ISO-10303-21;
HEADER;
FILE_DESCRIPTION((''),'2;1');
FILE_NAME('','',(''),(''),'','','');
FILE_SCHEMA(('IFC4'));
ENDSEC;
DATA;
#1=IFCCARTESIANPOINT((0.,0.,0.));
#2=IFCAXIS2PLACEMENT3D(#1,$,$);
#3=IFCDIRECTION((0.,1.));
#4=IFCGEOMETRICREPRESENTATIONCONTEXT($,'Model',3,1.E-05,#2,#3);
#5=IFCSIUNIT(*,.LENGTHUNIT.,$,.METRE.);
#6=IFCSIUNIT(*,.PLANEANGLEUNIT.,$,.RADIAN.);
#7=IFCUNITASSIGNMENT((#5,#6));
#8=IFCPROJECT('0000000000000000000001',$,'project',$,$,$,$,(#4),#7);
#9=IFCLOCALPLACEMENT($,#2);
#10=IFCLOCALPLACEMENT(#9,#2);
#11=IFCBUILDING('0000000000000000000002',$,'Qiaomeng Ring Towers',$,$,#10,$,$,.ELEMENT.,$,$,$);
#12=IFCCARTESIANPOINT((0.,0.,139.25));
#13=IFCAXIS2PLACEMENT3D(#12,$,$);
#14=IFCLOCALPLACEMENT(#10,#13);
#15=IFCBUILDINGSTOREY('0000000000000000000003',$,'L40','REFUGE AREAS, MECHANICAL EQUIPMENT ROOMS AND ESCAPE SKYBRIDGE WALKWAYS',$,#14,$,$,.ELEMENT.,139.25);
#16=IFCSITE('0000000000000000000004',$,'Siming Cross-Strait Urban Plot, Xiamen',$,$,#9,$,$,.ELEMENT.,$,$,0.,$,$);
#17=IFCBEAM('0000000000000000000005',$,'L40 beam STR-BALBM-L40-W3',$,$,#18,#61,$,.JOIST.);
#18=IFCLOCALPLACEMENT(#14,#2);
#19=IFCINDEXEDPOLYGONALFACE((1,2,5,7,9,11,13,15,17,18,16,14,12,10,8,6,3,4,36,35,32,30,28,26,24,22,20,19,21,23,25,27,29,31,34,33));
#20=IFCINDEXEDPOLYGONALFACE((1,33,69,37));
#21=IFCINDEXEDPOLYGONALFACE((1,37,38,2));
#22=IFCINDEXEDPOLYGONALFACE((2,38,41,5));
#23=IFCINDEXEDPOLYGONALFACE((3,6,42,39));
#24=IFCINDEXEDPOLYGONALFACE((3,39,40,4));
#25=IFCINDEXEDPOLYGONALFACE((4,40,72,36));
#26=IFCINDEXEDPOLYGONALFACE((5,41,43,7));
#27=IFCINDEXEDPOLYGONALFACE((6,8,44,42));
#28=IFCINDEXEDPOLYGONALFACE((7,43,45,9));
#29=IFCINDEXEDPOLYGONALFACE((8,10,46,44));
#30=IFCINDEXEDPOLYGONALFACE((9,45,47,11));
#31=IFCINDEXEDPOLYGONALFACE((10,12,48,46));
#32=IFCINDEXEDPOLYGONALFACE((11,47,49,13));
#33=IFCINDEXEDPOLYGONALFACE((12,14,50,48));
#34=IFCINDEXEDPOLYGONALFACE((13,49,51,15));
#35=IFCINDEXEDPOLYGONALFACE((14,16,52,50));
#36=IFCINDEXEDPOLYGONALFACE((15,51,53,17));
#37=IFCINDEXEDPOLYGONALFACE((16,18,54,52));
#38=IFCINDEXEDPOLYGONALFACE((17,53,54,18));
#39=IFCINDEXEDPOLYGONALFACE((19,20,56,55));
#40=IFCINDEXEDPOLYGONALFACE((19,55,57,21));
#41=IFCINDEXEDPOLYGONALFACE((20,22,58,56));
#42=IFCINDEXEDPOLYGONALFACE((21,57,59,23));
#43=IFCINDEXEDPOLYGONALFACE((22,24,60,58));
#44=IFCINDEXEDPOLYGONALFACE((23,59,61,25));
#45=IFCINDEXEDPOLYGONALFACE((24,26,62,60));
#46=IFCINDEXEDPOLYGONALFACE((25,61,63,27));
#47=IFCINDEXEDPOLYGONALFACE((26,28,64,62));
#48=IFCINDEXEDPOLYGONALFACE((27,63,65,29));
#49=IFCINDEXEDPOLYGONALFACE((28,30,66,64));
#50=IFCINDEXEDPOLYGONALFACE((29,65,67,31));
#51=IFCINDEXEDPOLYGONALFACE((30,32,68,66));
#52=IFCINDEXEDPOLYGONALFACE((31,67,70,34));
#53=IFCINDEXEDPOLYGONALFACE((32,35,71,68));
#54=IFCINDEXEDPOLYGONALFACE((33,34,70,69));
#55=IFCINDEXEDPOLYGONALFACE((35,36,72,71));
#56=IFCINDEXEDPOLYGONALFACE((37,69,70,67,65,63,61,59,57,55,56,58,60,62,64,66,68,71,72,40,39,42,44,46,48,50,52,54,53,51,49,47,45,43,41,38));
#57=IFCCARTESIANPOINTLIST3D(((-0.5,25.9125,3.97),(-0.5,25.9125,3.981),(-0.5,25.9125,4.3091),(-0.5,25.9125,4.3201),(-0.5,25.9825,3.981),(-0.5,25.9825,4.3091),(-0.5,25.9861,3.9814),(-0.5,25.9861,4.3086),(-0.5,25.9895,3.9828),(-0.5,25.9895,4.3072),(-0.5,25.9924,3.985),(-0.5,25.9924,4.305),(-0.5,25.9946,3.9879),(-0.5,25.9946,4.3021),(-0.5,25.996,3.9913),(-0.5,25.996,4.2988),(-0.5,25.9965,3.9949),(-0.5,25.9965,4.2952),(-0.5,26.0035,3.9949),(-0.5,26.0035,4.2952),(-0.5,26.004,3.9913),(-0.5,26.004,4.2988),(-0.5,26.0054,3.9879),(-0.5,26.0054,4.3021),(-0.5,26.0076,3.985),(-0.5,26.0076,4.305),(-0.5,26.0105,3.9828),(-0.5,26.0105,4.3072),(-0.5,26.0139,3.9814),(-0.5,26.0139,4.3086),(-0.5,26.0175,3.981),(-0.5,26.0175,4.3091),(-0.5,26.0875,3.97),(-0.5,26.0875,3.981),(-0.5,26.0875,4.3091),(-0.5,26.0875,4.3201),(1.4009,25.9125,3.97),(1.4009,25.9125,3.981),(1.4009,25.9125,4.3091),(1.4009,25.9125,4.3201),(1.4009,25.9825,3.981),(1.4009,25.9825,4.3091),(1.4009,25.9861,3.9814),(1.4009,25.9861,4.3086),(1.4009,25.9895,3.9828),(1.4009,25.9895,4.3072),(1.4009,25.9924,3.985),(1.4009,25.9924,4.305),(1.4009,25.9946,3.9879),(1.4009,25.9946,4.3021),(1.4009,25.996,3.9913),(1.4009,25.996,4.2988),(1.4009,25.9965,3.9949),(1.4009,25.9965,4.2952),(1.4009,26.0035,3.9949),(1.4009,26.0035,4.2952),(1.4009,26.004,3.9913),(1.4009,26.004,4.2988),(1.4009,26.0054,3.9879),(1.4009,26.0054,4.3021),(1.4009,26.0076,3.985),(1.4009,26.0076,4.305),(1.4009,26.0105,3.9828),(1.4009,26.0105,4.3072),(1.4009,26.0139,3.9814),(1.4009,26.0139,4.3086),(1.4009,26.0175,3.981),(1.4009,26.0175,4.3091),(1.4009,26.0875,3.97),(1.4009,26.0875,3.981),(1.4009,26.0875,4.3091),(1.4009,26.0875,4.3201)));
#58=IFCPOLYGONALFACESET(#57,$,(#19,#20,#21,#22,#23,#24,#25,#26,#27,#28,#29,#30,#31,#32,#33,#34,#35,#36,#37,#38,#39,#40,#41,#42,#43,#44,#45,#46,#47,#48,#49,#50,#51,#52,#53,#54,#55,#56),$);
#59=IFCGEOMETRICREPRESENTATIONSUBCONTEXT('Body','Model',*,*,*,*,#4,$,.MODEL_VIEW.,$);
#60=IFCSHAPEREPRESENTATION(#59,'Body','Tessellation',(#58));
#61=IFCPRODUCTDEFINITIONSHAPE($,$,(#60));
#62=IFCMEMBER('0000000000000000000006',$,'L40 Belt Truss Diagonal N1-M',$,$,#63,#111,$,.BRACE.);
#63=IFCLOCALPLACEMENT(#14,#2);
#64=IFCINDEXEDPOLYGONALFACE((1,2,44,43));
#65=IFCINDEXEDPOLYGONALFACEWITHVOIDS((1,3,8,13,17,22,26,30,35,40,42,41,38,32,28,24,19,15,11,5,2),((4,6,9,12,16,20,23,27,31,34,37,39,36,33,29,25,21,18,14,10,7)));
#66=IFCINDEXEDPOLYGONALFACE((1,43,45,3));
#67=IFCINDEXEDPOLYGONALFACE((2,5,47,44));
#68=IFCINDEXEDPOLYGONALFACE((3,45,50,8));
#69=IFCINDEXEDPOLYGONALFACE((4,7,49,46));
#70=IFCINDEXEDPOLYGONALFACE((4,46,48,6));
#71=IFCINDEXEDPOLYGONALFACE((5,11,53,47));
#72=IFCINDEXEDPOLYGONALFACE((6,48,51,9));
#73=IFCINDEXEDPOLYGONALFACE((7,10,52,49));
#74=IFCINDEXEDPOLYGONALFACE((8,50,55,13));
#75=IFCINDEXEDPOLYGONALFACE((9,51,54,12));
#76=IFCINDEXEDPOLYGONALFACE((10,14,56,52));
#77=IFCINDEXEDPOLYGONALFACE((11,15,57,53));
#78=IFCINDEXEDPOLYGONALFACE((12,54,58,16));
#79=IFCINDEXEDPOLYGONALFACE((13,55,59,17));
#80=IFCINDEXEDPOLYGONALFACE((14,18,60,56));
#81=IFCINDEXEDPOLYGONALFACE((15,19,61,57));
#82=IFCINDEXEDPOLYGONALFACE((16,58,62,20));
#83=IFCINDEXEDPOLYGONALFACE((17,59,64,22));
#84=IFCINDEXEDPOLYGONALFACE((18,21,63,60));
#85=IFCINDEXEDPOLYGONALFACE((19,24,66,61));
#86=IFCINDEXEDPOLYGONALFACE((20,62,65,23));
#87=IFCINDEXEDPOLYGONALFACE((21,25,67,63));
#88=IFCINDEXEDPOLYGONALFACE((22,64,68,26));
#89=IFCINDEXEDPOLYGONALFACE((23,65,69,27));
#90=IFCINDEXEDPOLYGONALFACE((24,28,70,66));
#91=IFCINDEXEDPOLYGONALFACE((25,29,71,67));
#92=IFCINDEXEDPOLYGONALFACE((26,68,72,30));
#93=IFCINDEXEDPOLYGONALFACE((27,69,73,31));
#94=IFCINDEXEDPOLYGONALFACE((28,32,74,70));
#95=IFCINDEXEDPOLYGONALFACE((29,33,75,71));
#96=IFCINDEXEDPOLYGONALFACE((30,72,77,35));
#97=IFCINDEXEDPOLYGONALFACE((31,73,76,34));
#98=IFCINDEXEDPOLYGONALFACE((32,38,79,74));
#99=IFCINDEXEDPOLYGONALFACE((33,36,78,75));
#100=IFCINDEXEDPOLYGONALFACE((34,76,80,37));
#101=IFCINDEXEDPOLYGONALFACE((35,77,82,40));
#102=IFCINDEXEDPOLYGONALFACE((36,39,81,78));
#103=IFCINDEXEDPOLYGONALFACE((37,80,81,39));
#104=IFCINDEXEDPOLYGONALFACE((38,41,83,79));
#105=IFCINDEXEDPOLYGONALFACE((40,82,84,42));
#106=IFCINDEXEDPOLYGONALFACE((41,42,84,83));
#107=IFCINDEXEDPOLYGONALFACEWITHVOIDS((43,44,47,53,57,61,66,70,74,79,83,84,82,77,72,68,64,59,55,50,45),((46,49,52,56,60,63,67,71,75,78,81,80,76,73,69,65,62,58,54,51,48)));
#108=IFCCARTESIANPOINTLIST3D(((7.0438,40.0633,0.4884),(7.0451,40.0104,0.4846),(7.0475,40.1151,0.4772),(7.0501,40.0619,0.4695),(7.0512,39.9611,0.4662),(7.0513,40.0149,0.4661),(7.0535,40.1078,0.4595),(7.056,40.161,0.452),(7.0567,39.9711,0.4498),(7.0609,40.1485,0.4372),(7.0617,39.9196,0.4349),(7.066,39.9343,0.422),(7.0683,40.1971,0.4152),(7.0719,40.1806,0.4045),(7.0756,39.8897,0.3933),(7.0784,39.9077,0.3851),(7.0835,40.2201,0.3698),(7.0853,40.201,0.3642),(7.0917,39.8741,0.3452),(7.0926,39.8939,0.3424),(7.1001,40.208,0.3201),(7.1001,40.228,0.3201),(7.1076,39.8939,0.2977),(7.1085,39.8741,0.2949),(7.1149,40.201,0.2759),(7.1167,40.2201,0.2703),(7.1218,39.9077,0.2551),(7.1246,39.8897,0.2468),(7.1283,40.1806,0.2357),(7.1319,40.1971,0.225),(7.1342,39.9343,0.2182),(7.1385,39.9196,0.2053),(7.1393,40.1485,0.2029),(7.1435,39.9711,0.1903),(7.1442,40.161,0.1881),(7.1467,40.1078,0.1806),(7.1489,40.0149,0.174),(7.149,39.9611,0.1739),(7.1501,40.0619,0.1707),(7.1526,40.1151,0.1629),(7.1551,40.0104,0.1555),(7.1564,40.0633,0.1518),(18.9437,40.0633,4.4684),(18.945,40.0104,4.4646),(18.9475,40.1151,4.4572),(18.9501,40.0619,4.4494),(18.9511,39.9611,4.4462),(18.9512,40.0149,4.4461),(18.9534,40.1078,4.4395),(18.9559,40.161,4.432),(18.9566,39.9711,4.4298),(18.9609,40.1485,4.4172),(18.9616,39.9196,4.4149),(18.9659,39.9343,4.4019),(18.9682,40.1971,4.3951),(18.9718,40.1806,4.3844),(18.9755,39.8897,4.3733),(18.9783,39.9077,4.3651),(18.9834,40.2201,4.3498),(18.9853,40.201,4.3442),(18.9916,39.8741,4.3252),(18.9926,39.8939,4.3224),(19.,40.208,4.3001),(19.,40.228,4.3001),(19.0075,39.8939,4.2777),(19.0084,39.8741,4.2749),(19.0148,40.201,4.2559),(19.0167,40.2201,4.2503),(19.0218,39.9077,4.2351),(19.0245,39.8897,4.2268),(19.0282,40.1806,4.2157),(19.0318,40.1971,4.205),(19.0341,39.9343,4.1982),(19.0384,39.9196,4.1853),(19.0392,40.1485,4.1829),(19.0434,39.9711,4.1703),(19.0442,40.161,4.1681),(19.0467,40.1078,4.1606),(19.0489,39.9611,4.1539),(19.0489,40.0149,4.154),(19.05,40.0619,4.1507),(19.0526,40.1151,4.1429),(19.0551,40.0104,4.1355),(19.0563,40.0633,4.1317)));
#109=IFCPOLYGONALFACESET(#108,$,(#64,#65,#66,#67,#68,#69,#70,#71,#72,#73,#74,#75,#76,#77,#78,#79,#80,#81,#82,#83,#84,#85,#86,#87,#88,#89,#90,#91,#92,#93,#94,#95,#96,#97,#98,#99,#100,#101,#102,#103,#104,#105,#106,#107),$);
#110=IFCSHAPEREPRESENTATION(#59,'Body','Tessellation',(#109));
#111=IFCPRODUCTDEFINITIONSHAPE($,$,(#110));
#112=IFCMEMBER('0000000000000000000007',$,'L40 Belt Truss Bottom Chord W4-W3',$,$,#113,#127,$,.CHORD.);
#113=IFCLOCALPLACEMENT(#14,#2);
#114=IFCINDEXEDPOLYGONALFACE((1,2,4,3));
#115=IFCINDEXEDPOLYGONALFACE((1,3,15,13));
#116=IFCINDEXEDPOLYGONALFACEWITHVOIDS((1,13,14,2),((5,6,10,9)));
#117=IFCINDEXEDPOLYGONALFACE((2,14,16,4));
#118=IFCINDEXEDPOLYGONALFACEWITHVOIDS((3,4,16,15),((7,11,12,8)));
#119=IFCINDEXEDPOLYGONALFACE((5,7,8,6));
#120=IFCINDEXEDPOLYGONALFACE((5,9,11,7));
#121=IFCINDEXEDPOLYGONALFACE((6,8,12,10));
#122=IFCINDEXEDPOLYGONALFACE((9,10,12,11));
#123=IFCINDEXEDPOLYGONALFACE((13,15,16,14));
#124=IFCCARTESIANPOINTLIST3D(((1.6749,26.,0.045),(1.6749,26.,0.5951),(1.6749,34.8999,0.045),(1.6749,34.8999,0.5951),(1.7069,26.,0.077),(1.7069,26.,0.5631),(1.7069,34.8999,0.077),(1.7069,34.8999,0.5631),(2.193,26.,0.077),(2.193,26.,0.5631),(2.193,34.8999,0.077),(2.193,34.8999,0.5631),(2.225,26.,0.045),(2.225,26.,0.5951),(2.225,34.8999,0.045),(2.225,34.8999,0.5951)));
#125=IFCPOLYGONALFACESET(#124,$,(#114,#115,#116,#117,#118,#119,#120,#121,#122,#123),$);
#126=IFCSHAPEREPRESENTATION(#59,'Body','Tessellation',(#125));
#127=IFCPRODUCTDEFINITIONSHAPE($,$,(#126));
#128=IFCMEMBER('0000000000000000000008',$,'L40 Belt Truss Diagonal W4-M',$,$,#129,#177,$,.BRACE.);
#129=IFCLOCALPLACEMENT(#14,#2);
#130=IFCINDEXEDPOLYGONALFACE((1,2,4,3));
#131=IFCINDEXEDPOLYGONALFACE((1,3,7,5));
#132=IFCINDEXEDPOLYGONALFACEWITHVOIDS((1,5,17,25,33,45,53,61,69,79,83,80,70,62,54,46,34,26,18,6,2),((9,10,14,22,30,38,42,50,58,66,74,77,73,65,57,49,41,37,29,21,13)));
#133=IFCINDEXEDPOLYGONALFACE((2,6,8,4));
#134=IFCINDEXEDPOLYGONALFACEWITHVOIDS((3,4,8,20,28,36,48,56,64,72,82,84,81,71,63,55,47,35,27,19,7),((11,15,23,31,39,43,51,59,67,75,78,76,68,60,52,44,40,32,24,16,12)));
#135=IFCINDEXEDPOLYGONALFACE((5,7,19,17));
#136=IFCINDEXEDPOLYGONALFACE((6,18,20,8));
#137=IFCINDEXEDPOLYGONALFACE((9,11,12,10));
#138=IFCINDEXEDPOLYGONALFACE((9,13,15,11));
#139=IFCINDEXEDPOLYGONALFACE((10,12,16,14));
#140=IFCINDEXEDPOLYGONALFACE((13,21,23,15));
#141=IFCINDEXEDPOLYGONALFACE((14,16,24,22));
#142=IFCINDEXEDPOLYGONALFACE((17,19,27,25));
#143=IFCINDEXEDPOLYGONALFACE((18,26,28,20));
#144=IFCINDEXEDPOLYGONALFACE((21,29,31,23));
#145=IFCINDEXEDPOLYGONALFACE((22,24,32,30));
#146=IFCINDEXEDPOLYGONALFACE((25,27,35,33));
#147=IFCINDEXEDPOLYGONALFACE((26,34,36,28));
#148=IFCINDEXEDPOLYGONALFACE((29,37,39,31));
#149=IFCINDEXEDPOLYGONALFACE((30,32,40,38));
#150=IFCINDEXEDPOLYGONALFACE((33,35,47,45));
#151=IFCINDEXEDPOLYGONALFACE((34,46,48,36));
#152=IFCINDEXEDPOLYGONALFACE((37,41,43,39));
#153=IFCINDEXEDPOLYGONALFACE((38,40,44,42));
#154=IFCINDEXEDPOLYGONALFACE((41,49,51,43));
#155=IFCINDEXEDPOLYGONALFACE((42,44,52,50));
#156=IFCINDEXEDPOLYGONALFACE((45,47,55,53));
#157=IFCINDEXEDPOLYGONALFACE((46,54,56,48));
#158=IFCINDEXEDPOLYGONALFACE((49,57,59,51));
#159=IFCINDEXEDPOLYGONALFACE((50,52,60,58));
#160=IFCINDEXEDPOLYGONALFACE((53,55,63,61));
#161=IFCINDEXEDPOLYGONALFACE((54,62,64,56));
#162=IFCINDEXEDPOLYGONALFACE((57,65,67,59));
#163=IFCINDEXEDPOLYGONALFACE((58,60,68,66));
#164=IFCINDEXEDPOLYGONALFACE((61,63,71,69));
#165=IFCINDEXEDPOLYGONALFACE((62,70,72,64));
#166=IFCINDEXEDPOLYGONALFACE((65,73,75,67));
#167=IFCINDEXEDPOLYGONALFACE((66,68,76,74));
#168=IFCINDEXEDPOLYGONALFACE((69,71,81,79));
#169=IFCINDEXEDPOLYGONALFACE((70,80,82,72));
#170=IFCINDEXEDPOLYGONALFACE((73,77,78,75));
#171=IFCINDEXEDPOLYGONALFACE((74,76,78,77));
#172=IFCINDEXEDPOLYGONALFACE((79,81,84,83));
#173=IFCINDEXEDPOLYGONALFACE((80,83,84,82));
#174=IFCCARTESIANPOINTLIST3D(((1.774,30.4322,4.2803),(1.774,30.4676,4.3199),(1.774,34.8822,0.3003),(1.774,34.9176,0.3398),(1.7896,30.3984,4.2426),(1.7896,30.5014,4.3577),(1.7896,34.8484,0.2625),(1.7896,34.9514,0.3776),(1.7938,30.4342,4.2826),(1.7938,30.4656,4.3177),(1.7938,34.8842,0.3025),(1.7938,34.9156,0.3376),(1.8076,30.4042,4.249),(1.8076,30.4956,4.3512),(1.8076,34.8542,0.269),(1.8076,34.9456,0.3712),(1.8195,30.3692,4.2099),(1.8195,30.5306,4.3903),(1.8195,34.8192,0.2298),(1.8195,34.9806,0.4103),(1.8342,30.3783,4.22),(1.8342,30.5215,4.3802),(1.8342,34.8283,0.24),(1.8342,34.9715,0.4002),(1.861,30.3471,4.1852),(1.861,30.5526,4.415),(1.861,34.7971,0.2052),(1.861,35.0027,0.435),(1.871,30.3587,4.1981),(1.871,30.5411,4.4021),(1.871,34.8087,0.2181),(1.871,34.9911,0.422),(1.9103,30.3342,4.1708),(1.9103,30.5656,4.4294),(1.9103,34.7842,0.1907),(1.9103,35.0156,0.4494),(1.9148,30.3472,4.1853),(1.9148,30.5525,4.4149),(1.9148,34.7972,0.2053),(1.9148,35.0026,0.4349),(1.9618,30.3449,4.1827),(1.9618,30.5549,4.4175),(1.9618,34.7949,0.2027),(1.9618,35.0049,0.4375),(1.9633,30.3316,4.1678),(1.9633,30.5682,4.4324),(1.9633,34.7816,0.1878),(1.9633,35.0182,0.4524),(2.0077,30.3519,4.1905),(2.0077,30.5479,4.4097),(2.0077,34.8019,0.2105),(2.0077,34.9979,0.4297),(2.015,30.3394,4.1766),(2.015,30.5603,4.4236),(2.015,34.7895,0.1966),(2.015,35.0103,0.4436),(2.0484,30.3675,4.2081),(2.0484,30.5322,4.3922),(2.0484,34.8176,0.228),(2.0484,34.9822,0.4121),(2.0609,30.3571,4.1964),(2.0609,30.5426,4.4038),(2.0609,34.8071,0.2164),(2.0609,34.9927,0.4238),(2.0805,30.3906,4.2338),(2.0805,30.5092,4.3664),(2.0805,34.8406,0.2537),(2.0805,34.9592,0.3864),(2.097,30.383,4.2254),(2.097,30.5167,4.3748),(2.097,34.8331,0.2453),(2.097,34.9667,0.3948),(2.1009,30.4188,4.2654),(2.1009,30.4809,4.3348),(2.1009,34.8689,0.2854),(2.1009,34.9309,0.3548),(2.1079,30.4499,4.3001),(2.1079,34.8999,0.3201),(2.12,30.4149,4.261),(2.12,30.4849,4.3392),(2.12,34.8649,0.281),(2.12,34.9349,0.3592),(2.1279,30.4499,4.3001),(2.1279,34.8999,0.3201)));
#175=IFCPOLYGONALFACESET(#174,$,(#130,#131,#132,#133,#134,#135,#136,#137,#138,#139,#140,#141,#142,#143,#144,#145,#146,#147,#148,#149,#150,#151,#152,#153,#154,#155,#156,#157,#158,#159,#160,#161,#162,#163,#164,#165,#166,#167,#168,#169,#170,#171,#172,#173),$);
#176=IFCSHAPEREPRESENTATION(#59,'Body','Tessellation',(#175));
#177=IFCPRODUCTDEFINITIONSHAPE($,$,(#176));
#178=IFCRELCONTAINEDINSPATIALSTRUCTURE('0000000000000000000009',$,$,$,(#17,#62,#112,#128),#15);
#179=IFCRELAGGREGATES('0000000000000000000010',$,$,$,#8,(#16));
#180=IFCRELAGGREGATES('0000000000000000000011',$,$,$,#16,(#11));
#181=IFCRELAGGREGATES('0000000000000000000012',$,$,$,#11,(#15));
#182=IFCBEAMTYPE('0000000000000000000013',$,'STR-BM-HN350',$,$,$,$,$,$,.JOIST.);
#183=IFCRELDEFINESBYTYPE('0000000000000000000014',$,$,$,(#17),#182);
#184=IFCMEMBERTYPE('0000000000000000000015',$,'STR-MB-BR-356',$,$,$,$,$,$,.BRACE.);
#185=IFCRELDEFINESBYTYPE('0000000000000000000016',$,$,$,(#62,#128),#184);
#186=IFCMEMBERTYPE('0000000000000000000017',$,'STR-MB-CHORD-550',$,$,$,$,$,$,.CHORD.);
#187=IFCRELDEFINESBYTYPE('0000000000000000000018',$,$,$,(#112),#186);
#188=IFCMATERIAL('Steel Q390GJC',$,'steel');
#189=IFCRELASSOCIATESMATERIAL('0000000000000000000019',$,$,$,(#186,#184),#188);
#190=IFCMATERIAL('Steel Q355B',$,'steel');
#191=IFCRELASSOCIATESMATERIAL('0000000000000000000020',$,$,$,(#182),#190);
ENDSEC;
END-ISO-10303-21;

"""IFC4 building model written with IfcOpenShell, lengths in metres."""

from ifc_helpers import new_model, si_unit, direction, frame, origin, origin_2d, place, context, subcontext, project, spatial, hollow_rectangle, hollow_circle, i_section, extrude, source, transform, mapped, material, material_profile, profile_set, type_object, element, save


model = new_model("IFC4")

# Units and contexts
model_context = context("Model", 3, precision=1e-05, world=origin(), true_north=direction((0.0, 1.0)))
body_context = subcontext(model_context, "Body", "Model", "MODEL_VIEW")
ifc_project = project(units=[si_unit("LENGTHUNIT", "METRE"), si_unit("PLANEANGLEUNIT", "RADIAN")], contexts=[model_context])

# Site, building, storey
site_placement = place(None, origin())
site = spatial("IfcSite", under=ifc_project, at=site_placement, Name="Siming Cross-Strait Urban Plot, Xiamen", CompositionType="ELEMENT", RefElevation=0.0)
building_placement = place(site_placement, origin())
building = spatial("IfcBuilding", under=site, at=building_placement, Name="Qiaomeng Ring Towers", CompositionType="ELEMENT")
storey_placement = place(building_placement, frame((0.0, 0.0, 139.25)))
storey = spatial("IfcBuildingStorey", under=building, at=storey_placement, Name="L40", Description="REFUGE AREAS, MECHANICAL EQUIPMENT ROOMS AND ESCAPE SKYBRIDGE WALKWAYS", CompositionType="ELEMENT", Elevation=139.25)

# Shared definitions
ifc_material_1 = material(Name="Steel Q390GJC", Category="steel")
ifc_material_profile_1 = material_profile(ifc_material_1, hollow_rectangle(XDim=0.55, YDim=0.55, WallThickness=0.032, at=origin_2d()), Name="SHS 550x550x32")
ifc_profile_set_1 = profile_set([ifc_material_profile_1], Name="Steel Q390GJC")
member_type_1 = type_object("IfcMemberType", Name="STR-MB-CHORD-550", PredefinedType="CHORD", material=ifc_profile_set_1)

# Beam
ifc_material_2 = material(Name="Steel Q355B", Category="steel")
ifc_material_profile_2 = material_profile(ifc_material_2, i_section(OverallWidth=0.175, OverallDepth=0.3501, WebThickness=0.0071, FlangeThickness=0.011, FilletRadius=0.0139, at=origin_2d()), Name="HN 350x175x7x11")
ifc_profile_set_2 = profile_set([ifc_material_profile_2], Name="Steel Q355B")
beam_type_1 = type_object("IfcBeamType", Name="STR-BM-HN350", PredefinedType="JOIST", material=ifc_profile_set_2)
shared_shape_1 = source(origin(), body_context, "Body", "SweptSolid", [
    extrude(i_section(OverallWidth=0.175, OverallDepth=0.3501, WebThickness=0.0071, FlangeThickness=0.011, FilletRadius=0.0139, at=origin_2d()), origin(), (0.0, 0.0, 1.0), 1.9009),
])
beam_1_placement = place(storey_placement, frame((-0.5, 26.0, 4.145), z_axis=(1.0, 0.0, 0.0), x_axis=(0.0, 1.0, 0.0)))
element("IfcBeam", 1, at=beam_1_placement, inside=storey, type_object=beam_type_1, Name="L40 beam STR-BALBM-L40-W3", PredefinedType="JOIST", context=body_context, shape_type="MappedRepresentation", body=[
    mapped(shared_shape_1, transform((0.0, 0.0, 0.0), x_axis=(1.0, 0.0, 0.0), y_axis=(0.0, 1.0, 0.0), z_axis=(0.0, 0.0, 1.0), scale=1.0)),
])

# Members
ifc_material_profile_3 = material_profile(ifc_material_1, hollow_circle(Radius=0.178, WallThickness=0.02, at=origin_2d()), Name="CHS 356x20")
ifc_profile_set_3 = profile_set([ifc_material_profile_3], Name="Steel Q390GJC")
member_type_2 = type_object("IfcMemberType", Name="STR-MB-BR-356", PredefinedType="BRACE", material=ifc_profile_set_3)
shared_shape_2 = source(origin(), body_context, "Body", "SweptSolid", [
    extrude(hollow_circle(Radius=0.178, WallThickness=0.02, at=origin_2d()), origin(), (0.0, 0.0, 1.0), 12.5479),
])
member_1_placement = place(storey_placement, frame((7.1001, 40.05, 0.3201), z_axis=(0.948364, 0.0, 0.317185), x_axis=(0.0, 1.0, 0.0)))
element("IfcMember", 2, at=member_1_placement, inside=storey, type_object=member_type_2, Name="L40 Belt Truss Diagonal N1-M", PredefinedType="BRACE", context=body_context, shape_type="MappedRepresentation", body=[
    mapped(shared_shape_2, transform((0.0, 0.0, 0.0), x_axis=(1.0, 0.0, 0.0), y_axis=(0.0, 1.0, 0.0), z_axis=(0.0, 0.0, 1.0), scale=1.0)),
])
shared_shape_3 = source(origin(), body_context, "Body", "SweptSolid", [
    extrude(hollow_rectangle(XDim=0.55, YDim=0.55, WallThickness=0.032, at=origin_2d()), origin(), (0.0, 0.0, 1.0), 8.8999),
])
member_2_placement = place(storey_placement, frame((1.95, 34.8999, 0.3201), z_axis=(0.0, -1.0, 0.0), x_axis=(1.0, 0.0, 0.0)))
element("IfcMember", 3, at=member_2_placement, inside=storey, type_object=member_type_1, Name="L40 Belt Truss Bottom Chord W4-W3", PredefinedType="CHORD", context=body_context, shape_type="MappedRepresentation", body=[
    mapped(shared_shape_3, transform((0.0, 0.0, 0.0), x_axis=(1.0, 0.0, 0.0), y_axis=(0.0, 1.0, 0.0), z_axis=(0.0, 0.0, 1.0), scale=1.0)),
])
shared_shape_4 = source(origin(), body_context, "Body", "SweptSolid", [
    extrude(hollow_circle(Radius=0.178, WallThickness=0.02, at=origin_2d()), origin(), (0.0, 0.0, 1.0), 5.9702),
])
for number, where, z_axis, x_axis, name in (
    (4, (1.95, 34.8999, 0.3201), (0.0, -0.745371, 0.66665), (1.0, 0.0, 0.0), "L40 Belt Truss Diagonal W4-M"),
):
    element("IfcMember", number, at=place(storey_placement, frame(where, z_axis=z_axis, x_axis=x_axis)), inside=storey, type_object=member_type_2, Name=name, PredefinedType="BRACE", context=body_context, shape_type="MappedRepresentation", body=[
        mapped(shared_shape_4, transform((0.0, 0.0, 0.0), x_axis=(1.0, 0.0, 0.0), y_axis=(0.0, 1.0, 0.0), z_axis=(0.0, 0.0, 1.0), scale=1.0)),
    ])

save(model, "model.ifc")
